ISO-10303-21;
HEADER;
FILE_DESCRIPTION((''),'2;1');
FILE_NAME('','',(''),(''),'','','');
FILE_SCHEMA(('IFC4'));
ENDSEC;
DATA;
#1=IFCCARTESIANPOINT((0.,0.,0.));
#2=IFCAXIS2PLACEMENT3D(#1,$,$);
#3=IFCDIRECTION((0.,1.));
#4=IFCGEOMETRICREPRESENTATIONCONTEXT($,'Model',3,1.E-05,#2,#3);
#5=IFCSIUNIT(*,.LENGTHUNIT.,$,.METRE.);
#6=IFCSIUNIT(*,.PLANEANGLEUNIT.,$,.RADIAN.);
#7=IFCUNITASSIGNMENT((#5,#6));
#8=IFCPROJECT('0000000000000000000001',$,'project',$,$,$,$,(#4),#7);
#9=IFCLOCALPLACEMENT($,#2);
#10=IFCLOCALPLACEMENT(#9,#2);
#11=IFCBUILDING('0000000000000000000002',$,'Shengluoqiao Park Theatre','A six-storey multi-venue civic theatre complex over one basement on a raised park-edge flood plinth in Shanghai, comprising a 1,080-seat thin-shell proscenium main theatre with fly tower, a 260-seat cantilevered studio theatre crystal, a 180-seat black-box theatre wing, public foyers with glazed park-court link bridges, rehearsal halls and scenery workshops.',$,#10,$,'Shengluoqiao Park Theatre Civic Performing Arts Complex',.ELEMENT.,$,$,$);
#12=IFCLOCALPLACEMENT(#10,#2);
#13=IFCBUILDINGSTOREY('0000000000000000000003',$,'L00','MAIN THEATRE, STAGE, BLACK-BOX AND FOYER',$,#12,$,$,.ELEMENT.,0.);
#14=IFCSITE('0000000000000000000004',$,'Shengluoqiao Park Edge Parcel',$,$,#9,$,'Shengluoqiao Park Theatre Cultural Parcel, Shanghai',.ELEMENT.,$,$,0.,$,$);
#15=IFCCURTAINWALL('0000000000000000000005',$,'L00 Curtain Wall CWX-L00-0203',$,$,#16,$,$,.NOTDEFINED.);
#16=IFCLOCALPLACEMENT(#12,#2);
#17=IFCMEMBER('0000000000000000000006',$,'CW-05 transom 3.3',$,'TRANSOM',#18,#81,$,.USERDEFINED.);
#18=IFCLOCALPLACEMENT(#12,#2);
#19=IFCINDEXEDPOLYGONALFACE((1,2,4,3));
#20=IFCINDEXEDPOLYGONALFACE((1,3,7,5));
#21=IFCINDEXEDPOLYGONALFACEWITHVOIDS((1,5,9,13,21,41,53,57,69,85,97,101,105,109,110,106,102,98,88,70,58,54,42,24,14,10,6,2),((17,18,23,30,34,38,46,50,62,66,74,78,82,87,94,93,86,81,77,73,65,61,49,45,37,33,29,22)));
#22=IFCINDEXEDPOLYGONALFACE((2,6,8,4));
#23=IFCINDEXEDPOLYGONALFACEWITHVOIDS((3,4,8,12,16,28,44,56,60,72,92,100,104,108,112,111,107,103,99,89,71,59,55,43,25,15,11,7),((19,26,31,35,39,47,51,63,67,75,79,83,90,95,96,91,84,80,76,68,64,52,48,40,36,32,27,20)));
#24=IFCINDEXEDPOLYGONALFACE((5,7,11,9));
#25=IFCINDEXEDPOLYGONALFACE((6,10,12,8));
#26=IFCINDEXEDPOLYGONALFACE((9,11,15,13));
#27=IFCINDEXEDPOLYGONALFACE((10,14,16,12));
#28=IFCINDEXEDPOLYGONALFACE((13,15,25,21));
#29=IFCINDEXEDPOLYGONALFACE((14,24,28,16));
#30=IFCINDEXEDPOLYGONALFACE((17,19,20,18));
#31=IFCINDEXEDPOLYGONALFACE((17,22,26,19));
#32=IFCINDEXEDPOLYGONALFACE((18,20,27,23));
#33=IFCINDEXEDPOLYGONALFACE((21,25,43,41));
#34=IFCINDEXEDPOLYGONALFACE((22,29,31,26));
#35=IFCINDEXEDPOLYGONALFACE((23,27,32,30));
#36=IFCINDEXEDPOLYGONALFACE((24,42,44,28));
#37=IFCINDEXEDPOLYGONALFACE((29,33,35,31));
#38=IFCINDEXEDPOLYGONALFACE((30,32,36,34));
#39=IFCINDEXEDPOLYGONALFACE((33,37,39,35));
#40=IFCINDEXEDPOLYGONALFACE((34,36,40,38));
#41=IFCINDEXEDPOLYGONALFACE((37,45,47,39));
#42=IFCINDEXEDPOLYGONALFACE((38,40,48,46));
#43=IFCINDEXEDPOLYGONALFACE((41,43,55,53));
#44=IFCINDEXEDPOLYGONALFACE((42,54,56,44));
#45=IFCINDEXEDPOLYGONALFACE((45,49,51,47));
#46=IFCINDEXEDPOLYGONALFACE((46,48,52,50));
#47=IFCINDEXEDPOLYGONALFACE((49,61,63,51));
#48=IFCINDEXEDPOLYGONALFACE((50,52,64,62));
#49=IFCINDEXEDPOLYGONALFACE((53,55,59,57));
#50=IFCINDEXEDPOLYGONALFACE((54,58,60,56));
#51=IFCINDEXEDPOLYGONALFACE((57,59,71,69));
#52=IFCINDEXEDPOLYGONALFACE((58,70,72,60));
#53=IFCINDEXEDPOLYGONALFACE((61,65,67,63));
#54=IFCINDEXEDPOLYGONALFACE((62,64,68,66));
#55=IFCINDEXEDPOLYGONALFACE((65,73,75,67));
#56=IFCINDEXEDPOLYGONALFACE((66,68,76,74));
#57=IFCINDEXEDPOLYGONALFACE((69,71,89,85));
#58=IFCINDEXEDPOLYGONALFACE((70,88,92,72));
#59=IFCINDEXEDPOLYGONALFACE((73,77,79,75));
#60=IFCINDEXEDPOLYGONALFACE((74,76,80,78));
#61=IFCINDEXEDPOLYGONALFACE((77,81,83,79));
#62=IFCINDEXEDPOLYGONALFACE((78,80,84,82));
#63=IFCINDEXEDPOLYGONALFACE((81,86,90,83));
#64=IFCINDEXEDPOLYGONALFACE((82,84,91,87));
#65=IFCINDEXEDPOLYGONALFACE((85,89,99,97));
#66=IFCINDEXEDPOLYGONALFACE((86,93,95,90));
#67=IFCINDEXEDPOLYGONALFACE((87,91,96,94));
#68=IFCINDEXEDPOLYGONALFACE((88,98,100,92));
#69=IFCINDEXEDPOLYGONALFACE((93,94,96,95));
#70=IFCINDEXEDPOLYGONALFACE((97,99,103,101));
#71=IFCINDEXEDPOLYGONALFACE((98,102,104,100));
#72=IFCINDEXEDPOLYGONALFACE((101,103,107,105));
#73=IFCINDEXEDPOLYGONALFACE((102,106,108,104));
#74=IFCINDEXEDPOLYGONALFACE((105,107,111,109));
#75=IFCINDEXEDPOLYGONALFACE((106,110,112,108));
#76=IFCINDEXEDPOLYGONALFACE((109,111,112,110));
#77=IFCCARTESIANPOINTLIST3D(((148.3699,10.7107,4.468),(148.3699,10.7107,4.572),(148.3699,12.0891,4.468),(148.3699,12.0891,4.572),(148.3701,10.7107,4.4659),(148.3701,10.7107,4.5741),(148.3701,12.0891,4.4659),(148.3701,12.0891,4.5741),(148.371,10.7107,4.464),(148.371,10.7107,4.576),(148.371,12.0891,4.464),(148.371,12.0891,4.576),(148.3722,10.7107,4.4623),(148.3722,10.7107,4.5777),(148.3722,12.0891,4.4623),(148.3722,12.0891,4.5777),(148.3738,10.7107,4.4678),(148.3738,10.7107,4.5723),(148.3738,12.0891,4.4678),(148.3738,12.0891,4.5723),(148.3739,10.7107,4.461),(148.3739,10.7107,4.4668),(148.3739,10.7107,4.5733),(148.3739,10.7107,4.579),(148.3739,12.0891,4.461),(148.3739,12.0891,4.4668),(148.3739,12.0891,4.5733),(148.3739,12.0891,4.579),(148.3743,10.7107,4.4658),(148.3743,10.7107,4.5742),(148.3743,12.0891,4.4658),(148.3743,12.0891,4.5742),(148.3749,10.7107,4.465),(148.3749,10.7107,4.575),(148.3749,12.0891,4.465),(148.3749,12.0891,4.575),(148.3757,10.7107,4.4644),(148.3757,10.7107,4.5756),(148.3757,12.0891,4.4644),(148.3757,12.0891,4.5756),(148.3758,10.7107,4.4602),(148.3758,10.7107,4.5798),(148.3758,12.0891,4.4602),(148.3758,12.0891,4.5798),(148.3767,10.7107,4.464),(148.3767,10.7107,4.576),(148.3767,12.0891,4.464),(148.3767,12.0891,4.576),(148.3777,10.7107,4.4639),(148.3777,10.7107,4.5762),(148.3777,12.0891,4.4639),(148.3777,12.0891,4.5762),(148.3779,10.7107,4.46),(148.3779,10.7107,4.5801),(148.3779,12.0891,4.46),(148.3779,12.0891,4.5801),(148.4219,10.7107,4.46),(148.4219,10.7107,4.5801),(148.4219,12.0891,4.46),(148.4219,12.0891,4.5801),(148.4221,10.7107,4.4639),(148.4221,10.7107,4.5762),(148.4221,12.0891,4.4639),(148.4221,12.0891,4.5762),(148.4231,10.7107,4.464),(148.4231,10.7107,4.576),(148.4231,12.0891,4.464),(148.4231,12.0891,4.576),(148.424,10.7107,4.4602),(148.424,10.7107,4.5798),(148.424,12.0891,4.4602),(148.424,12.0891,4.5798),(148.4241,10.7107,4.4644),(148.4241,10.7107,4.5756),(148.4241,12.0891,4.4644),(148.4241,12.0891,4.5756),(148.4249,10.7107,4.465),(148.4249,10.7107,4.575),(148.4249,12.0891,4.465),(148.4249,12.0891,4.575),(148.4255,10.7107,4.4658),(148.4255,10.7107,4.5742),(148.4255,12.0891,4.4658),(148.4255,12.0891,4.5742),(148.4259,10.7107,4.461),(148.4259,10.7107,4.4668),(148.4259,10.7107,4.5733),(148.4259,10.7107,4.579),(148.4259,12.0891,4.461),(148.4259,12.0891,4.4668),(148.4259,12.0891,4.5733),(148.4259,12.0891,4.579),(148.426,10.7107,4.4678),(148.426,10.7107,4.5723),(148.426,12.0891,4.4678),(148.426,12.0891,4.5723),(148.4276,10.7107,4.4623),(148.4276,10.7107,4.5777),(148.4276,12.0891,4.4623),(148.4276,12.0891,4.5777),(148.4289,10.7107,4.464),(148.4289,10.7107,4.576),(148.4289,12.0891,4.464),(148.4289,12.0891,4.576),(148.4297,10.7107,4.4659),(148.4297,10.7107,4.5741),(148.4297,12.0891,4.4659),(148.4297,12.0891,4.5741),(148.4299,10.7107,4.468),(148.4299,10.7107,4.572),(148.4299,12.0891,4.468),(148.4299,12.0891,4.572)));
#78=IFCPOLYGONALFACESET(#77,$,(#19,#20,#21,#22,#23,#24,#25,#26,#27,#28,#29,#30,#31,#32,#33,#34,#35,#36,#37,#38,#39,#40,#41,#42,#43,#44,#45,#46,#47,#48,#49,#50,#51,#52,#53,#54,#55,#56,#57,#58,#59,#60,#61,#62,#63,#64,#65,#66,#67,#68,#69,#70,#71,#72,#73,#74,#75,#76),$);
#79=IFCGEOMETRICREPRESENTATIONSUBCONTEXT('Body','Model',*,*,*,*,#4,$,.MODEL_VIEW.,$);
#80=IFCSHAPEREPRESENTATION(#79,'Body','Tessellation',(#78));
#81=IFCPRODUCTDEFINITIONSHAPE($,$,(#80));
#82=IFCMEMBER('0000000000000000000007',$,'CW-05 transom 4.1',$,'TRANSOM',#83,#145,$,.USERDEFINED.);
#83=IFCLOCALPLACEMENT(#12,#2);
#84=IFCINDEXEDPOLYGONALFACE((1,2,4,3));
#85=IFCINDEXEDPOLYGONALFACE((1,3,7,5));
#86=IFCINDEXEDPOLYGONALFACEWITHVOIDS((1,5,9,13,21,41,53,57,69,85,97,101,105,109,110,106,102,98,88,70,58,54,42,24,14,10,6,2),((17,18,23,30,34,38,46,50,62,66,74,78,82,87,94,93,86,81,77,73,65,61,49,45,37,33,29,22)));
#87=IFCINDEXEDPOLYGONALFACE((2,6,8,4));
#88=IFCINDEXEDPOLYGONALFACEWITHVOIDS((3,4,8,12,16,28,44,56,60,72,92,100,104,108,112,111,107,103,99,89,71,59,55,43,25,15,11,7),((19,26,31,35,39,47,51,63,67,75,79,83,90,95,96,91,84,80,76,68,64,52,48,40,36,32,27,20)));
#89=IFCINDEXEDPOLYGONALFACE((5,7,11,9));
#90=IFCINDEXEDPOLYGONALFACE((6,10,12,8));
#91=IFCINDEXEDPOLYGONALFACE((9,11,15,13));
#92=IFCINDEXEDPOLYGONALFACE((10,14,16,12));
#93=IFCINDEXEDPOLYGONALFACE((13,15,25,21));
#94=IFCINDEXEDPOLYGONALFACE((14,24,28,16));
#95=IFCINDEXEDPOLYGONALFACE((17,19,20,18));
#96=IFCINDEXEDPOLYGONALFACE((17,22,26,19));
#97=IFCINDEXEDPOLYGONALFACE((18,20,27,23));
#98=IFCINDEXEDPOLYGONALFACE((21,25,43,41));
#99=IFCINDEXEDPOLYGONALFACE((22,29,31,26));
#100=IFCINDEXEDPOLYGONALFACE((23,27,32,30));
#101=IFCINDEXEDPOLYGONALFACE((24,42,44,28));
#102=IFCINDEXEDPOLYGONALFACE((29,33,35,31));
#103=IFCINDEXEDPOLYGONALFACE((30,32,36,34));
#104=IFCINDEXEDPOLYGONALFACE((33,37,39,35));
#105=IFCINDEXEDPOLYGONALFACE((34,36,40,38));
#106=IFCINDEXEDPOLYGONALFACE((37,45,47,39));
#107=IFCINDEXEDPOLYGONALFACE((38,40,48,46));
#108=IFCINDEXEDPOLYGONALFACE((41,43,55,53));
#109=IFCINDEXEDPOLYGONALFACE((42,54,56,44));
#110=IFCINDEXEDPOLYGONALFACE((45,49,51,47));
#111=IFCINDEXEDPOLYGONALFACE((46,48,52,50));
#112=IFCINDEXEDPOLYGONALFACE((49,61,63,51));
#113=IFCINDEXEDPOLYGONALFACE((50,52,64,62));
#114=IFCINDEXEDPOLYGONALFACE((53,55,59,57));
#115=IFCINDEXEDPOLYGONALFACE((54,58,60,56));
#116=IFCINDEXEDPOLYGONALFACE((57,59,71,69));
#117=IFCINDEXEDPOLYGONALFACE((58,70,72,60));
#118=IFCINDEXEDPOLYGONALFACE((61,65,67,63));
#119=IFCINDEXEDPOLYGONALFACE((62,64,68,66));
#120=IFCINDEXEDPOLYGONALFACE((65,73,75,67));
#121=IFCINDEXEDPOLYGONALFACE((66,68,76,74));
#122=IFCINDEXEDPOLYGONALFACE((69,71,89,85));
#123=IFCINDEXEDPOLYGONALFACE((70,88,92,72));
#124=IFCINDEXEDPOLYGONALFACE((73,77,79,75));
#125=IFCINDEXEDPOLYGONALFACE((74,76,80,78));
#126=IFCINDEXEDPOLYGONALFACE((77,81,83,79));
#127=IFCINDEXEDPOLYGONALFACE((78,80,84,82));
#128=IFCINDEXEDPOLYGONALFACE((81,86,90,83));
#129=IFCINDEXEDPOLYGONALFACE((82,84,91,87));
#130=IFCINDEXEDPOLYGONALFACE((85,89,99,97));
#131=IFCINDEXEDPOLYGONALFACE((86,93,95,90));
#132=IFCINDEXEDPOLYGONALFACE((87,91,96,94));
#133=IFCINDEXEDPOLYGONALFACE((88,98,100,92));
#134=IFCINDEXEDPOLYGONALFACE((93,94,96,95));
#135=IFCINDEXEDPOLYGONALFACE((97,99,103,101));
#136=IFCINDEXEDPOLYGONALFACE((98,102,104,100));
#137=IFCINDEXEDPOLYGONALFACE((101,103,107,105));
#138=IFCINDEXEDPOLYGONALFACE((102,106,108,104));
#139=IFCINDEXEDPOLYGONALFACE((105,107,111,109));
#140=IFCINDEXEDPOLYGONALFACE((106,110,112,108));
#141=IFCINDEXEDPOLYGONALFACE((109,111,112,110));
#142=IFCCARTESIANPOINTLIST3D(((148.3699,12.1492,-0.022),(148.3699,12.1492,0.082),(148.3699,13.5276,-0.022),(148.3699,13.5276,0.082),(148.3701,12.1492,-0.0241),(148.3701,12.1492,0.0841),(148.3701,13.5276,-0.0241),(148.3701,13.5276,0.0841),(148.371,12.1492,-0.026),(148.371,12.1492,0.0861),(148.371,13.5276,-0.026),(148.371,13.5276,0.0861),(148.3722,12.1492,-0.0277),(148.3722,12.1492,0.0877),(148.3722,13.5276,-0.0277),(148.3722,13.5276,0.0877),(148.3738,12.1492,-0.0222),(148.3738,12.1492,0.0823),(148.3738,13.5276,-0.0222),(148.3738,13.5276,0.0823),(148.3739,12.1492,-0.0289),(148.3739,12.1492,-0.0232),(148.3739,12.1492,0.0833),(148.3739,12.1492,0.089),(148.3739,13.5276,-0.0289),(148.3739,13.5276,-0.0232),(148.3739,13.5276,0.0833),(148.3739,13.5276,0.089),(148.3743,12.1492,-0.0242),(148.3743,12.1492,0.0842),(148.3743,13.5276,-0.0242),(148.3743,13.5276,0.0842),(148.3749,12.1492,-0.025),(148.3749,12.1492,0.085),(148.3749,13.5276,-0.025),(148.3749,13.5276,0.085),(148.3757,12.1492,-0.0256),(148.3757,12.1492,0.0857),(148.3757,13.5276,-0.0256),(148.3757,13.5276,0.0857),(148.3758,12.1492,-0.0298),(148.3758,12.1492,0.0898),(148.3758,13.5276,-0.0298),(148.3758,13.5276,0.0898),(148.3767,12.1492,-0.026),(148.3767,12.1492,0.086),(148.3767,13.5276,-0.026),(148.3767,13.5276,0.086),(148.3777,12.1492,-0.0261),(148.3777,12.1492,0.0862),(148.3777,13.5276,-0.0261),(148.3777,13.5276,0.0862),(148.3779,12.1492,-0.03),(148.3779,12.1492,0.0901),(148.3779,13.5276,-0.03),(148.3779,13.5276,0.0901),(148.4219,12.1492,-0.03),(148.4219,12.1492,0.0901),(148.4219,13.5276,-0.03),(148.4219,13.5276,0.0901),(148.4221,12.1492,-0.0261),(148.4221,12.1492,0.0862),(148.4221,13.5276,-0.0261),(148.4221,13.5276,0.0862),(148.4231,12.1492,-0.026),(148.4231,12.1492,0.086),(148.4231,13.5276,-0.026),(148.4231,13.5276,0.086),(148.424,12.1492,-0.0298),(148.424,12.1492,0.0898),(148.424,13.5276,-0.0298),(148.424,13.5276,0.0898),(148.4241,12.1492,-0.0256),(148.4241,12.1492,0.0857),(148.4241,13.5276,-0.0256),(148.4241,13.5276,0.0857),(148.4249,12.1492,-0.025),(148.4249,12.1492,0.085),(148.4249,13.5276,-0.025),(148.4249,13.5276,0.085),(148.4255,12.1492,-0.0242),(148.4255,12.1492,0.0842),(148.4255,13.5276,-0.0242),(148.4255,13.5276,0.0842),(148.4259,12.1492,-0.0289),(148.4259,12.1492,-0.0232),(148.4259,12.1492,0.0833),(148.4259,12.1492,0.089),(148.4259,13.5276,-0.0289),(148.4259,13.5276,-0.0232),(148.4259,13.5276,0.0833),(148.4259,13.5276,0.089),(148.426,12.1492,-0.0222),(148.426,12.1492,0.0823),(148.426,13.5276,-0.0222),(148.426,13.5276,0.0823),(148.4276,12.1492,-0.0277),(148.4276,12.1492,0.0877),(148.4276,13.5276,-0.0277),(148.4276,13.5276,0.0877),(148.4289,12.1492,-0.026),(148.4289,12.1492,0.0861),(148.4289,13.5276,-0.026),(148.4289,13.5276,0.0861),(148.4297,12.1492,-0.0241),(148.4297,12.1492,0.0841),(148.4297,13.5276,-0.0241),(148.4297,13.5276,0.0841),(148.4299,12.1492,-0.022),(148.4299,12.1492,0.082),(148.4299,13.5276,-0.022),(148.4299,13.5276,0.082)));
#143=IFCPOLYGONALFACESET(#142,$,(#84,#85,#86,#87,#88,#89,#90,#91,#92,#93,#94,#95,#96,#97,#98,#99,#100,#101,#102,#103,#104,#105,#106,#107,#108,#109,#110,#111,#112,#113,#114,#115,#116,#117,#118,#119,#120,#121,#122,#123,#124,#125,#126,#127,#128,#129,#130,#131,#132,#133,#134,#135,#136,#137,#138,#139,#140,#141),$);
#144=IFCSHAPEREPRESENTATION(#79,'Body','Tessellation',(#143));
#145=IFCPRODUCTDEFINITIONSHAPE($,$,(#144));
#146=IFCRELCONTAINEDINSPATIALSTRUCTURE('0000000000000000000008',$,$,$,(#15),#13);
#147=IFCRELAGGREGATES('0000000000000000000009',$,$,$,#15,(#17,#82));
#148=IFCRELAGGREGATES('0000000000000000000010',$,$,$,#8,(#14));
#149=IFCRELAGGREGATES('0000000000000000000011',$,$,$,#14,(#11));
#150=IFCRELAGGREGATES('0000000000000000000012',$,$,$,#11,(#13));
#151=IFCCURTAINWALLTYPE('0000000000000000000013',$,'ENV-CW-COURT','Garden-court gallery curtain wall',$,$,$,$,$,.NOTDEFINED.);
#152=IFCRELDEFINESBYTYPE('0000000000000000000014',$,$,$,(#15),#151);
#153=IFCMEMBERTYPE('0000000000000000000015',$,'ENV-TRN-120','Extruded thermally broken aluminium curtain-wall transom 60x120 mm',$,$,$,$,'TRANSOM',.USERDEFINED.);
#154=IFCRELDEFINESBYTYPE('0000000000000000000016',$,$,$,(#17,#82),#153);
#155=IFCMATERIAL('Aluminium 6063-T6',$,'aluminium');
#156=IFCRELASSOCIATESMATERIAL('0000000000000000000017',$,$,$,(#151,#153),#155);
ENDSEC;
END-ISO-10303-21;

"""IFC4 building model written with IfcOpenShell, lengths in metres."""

from ifc_helpers import new_model, si_unit, direction, frame, origin, origin_2d, place, context, subcontext, project, spatial, hollow_rectangle, extrude, material, material_profile, profile_set, type_object, element, aggregate, save


model = new_model("IFC4")

# Units and contexts
model_context = context("Model", 3, precision=1e-05, world=origin(), true_north=direction((0.0, 1.0)))
body_context = subcontext(model_context, "Body", "Model", "MODEL_VIEW")
ifc_project = project(units=[si_unit("LENGTHUNIT", "METRE"), si_unit("PLANEANGLEUNIT", "RADIAN")], contexts=[model_context])

# Site, building, storey
site_placement = place(None, origin())
site = spatial("IfcSite", under=ifc_project, at=site_placement, Name="Shengluoqiao Park Edge Parcel", LongName="Shengluoqiao Park Theatre Cultural Parcel, Shanghai", CompositionType="ELEMENT", RefElevation=0.0)
building_placement = place(site_placement, origin())
building = spatial("IfcBuilding", under=site, at=building_placement, Name="Shengluoqiao Park Theatre", Description="A six-storey multi-venue civic theatre complex over one basement on a raised park-edge flood plinth in Shanghai, comprising a 1,080-seat thin-shell proscenium main theatre with fly tower, a 260-seat cantilevered studio theatre crystal, a 180-seat black-box theatre wing, public foyers with glazed park-court link bridges, rehearsal halls and scenery workshops.", LongName="Shengluoqiao Park Theatre Civic Performing Arts Complex", CompositionType="ELEMENT")
storey_placement = place(building_placement, origin())
storey = spatial("IfcBuildingStorey", under=building, at=storey_placement, Name="L00", Description="MAIN THEATRE, STAGE, BLACK-BOX AND FOYER", CompositionType="ELEMENT", Elevation=0.0)

# Curtain wall, members
ifc_material_1 = material(Name="Aluminium 6063-T6", Category="aluminium")
curtain_wall_type = type_object("IfcCurtainWallType", Name="ENV-CW-COURT", Description="Garden-court gallery curtain wall", PredefinedType="NOTDEFINED", material=ifc_material_1)
curtain_wall_placement = place(storey_placement, origin())
curtain_wall = element("IfcCurtainWall", 1, at=curtain_wall_placement, inside=storey, type_object=curtain_wall_type, Name="L00 Curtain Wall CWX-L00-0203", PredefinedType="NOTDEFINED")
ifc_material_profile_1 = material_profile(ifc_material_1, hollow_rectangle(XDim=0.0601, YDim=0.1201, WallThickness=0.0039, InnerFilletRadius=0.0039, OuterFilletRadius=0.0081, at=origin_2d()), Name="ALU TRANSOM 120x60x4")
ifc_profile_set_1 = profile_set([ifc_material_profile_1], Name="Aluminium 6063-T6")
member_type_1 = type_object("IfcMemberType", Name="ENV-TRN-120", Description="Extruded thermally broken aluminium curtain-wall transom 60x120 mm", ElementType="TRANSOM", PredefinedType="USERDEFINED", material=ifc_profile_set_1)
member_1_placement = place(storey_placement, frame((148.3999, 10.7107, 4.52), z_axis=(0.0, 1.0, 0.0), x_axis=(-1.0, 0.0, 0.0)))
member_1 = element("IfcMember", 2, at=member_1_placement, type_object=member_type_1, Name="CW-05 transom 3.3", ObjectType="TRANSOM", PredefinedType="USERDEFINED", context=body_context, shape_type="SweptSolid", body=[
    extrude(hollow_rectangle(XDim=0.0601, YDim=0.1201, WallThickness=0.0039, InnerFilletRadius=0.0039, OuterFilletRadius=0.0081, at=origin_2d()), origin(), (0.0, 0.0, 1.0), 1.3784),
])
member_2_placement = place(storey_placement, frame((148.3999, 12.1492, 0.03), z_axis=(0.0, 1.0, 0.0), x_axis=(-1.0, 0.0, 0.0)))
member_2 = element("IfcMember", 3, at=member_2_placement, type_object=member_type_1, Name="CW-05 transom 4.1", ObjectType="TRANSOM", PredefinedType="USERDEFINED", context=body_context, shape_type="SweptSolid", body=[
    extrude(hollow_rectangle(XDim=0.0601, YDim=0.1201, WallThickness=0.0039, InnerFilletRadius=0.0039, OuterFilletRadius=0.0081, at=origin_2d()), origin(), (0.0, 0.0, 1.0), 1.3784),
])
aggregate(curtain_wall, [member_1, member_2])

save(model, "model.ifc")
